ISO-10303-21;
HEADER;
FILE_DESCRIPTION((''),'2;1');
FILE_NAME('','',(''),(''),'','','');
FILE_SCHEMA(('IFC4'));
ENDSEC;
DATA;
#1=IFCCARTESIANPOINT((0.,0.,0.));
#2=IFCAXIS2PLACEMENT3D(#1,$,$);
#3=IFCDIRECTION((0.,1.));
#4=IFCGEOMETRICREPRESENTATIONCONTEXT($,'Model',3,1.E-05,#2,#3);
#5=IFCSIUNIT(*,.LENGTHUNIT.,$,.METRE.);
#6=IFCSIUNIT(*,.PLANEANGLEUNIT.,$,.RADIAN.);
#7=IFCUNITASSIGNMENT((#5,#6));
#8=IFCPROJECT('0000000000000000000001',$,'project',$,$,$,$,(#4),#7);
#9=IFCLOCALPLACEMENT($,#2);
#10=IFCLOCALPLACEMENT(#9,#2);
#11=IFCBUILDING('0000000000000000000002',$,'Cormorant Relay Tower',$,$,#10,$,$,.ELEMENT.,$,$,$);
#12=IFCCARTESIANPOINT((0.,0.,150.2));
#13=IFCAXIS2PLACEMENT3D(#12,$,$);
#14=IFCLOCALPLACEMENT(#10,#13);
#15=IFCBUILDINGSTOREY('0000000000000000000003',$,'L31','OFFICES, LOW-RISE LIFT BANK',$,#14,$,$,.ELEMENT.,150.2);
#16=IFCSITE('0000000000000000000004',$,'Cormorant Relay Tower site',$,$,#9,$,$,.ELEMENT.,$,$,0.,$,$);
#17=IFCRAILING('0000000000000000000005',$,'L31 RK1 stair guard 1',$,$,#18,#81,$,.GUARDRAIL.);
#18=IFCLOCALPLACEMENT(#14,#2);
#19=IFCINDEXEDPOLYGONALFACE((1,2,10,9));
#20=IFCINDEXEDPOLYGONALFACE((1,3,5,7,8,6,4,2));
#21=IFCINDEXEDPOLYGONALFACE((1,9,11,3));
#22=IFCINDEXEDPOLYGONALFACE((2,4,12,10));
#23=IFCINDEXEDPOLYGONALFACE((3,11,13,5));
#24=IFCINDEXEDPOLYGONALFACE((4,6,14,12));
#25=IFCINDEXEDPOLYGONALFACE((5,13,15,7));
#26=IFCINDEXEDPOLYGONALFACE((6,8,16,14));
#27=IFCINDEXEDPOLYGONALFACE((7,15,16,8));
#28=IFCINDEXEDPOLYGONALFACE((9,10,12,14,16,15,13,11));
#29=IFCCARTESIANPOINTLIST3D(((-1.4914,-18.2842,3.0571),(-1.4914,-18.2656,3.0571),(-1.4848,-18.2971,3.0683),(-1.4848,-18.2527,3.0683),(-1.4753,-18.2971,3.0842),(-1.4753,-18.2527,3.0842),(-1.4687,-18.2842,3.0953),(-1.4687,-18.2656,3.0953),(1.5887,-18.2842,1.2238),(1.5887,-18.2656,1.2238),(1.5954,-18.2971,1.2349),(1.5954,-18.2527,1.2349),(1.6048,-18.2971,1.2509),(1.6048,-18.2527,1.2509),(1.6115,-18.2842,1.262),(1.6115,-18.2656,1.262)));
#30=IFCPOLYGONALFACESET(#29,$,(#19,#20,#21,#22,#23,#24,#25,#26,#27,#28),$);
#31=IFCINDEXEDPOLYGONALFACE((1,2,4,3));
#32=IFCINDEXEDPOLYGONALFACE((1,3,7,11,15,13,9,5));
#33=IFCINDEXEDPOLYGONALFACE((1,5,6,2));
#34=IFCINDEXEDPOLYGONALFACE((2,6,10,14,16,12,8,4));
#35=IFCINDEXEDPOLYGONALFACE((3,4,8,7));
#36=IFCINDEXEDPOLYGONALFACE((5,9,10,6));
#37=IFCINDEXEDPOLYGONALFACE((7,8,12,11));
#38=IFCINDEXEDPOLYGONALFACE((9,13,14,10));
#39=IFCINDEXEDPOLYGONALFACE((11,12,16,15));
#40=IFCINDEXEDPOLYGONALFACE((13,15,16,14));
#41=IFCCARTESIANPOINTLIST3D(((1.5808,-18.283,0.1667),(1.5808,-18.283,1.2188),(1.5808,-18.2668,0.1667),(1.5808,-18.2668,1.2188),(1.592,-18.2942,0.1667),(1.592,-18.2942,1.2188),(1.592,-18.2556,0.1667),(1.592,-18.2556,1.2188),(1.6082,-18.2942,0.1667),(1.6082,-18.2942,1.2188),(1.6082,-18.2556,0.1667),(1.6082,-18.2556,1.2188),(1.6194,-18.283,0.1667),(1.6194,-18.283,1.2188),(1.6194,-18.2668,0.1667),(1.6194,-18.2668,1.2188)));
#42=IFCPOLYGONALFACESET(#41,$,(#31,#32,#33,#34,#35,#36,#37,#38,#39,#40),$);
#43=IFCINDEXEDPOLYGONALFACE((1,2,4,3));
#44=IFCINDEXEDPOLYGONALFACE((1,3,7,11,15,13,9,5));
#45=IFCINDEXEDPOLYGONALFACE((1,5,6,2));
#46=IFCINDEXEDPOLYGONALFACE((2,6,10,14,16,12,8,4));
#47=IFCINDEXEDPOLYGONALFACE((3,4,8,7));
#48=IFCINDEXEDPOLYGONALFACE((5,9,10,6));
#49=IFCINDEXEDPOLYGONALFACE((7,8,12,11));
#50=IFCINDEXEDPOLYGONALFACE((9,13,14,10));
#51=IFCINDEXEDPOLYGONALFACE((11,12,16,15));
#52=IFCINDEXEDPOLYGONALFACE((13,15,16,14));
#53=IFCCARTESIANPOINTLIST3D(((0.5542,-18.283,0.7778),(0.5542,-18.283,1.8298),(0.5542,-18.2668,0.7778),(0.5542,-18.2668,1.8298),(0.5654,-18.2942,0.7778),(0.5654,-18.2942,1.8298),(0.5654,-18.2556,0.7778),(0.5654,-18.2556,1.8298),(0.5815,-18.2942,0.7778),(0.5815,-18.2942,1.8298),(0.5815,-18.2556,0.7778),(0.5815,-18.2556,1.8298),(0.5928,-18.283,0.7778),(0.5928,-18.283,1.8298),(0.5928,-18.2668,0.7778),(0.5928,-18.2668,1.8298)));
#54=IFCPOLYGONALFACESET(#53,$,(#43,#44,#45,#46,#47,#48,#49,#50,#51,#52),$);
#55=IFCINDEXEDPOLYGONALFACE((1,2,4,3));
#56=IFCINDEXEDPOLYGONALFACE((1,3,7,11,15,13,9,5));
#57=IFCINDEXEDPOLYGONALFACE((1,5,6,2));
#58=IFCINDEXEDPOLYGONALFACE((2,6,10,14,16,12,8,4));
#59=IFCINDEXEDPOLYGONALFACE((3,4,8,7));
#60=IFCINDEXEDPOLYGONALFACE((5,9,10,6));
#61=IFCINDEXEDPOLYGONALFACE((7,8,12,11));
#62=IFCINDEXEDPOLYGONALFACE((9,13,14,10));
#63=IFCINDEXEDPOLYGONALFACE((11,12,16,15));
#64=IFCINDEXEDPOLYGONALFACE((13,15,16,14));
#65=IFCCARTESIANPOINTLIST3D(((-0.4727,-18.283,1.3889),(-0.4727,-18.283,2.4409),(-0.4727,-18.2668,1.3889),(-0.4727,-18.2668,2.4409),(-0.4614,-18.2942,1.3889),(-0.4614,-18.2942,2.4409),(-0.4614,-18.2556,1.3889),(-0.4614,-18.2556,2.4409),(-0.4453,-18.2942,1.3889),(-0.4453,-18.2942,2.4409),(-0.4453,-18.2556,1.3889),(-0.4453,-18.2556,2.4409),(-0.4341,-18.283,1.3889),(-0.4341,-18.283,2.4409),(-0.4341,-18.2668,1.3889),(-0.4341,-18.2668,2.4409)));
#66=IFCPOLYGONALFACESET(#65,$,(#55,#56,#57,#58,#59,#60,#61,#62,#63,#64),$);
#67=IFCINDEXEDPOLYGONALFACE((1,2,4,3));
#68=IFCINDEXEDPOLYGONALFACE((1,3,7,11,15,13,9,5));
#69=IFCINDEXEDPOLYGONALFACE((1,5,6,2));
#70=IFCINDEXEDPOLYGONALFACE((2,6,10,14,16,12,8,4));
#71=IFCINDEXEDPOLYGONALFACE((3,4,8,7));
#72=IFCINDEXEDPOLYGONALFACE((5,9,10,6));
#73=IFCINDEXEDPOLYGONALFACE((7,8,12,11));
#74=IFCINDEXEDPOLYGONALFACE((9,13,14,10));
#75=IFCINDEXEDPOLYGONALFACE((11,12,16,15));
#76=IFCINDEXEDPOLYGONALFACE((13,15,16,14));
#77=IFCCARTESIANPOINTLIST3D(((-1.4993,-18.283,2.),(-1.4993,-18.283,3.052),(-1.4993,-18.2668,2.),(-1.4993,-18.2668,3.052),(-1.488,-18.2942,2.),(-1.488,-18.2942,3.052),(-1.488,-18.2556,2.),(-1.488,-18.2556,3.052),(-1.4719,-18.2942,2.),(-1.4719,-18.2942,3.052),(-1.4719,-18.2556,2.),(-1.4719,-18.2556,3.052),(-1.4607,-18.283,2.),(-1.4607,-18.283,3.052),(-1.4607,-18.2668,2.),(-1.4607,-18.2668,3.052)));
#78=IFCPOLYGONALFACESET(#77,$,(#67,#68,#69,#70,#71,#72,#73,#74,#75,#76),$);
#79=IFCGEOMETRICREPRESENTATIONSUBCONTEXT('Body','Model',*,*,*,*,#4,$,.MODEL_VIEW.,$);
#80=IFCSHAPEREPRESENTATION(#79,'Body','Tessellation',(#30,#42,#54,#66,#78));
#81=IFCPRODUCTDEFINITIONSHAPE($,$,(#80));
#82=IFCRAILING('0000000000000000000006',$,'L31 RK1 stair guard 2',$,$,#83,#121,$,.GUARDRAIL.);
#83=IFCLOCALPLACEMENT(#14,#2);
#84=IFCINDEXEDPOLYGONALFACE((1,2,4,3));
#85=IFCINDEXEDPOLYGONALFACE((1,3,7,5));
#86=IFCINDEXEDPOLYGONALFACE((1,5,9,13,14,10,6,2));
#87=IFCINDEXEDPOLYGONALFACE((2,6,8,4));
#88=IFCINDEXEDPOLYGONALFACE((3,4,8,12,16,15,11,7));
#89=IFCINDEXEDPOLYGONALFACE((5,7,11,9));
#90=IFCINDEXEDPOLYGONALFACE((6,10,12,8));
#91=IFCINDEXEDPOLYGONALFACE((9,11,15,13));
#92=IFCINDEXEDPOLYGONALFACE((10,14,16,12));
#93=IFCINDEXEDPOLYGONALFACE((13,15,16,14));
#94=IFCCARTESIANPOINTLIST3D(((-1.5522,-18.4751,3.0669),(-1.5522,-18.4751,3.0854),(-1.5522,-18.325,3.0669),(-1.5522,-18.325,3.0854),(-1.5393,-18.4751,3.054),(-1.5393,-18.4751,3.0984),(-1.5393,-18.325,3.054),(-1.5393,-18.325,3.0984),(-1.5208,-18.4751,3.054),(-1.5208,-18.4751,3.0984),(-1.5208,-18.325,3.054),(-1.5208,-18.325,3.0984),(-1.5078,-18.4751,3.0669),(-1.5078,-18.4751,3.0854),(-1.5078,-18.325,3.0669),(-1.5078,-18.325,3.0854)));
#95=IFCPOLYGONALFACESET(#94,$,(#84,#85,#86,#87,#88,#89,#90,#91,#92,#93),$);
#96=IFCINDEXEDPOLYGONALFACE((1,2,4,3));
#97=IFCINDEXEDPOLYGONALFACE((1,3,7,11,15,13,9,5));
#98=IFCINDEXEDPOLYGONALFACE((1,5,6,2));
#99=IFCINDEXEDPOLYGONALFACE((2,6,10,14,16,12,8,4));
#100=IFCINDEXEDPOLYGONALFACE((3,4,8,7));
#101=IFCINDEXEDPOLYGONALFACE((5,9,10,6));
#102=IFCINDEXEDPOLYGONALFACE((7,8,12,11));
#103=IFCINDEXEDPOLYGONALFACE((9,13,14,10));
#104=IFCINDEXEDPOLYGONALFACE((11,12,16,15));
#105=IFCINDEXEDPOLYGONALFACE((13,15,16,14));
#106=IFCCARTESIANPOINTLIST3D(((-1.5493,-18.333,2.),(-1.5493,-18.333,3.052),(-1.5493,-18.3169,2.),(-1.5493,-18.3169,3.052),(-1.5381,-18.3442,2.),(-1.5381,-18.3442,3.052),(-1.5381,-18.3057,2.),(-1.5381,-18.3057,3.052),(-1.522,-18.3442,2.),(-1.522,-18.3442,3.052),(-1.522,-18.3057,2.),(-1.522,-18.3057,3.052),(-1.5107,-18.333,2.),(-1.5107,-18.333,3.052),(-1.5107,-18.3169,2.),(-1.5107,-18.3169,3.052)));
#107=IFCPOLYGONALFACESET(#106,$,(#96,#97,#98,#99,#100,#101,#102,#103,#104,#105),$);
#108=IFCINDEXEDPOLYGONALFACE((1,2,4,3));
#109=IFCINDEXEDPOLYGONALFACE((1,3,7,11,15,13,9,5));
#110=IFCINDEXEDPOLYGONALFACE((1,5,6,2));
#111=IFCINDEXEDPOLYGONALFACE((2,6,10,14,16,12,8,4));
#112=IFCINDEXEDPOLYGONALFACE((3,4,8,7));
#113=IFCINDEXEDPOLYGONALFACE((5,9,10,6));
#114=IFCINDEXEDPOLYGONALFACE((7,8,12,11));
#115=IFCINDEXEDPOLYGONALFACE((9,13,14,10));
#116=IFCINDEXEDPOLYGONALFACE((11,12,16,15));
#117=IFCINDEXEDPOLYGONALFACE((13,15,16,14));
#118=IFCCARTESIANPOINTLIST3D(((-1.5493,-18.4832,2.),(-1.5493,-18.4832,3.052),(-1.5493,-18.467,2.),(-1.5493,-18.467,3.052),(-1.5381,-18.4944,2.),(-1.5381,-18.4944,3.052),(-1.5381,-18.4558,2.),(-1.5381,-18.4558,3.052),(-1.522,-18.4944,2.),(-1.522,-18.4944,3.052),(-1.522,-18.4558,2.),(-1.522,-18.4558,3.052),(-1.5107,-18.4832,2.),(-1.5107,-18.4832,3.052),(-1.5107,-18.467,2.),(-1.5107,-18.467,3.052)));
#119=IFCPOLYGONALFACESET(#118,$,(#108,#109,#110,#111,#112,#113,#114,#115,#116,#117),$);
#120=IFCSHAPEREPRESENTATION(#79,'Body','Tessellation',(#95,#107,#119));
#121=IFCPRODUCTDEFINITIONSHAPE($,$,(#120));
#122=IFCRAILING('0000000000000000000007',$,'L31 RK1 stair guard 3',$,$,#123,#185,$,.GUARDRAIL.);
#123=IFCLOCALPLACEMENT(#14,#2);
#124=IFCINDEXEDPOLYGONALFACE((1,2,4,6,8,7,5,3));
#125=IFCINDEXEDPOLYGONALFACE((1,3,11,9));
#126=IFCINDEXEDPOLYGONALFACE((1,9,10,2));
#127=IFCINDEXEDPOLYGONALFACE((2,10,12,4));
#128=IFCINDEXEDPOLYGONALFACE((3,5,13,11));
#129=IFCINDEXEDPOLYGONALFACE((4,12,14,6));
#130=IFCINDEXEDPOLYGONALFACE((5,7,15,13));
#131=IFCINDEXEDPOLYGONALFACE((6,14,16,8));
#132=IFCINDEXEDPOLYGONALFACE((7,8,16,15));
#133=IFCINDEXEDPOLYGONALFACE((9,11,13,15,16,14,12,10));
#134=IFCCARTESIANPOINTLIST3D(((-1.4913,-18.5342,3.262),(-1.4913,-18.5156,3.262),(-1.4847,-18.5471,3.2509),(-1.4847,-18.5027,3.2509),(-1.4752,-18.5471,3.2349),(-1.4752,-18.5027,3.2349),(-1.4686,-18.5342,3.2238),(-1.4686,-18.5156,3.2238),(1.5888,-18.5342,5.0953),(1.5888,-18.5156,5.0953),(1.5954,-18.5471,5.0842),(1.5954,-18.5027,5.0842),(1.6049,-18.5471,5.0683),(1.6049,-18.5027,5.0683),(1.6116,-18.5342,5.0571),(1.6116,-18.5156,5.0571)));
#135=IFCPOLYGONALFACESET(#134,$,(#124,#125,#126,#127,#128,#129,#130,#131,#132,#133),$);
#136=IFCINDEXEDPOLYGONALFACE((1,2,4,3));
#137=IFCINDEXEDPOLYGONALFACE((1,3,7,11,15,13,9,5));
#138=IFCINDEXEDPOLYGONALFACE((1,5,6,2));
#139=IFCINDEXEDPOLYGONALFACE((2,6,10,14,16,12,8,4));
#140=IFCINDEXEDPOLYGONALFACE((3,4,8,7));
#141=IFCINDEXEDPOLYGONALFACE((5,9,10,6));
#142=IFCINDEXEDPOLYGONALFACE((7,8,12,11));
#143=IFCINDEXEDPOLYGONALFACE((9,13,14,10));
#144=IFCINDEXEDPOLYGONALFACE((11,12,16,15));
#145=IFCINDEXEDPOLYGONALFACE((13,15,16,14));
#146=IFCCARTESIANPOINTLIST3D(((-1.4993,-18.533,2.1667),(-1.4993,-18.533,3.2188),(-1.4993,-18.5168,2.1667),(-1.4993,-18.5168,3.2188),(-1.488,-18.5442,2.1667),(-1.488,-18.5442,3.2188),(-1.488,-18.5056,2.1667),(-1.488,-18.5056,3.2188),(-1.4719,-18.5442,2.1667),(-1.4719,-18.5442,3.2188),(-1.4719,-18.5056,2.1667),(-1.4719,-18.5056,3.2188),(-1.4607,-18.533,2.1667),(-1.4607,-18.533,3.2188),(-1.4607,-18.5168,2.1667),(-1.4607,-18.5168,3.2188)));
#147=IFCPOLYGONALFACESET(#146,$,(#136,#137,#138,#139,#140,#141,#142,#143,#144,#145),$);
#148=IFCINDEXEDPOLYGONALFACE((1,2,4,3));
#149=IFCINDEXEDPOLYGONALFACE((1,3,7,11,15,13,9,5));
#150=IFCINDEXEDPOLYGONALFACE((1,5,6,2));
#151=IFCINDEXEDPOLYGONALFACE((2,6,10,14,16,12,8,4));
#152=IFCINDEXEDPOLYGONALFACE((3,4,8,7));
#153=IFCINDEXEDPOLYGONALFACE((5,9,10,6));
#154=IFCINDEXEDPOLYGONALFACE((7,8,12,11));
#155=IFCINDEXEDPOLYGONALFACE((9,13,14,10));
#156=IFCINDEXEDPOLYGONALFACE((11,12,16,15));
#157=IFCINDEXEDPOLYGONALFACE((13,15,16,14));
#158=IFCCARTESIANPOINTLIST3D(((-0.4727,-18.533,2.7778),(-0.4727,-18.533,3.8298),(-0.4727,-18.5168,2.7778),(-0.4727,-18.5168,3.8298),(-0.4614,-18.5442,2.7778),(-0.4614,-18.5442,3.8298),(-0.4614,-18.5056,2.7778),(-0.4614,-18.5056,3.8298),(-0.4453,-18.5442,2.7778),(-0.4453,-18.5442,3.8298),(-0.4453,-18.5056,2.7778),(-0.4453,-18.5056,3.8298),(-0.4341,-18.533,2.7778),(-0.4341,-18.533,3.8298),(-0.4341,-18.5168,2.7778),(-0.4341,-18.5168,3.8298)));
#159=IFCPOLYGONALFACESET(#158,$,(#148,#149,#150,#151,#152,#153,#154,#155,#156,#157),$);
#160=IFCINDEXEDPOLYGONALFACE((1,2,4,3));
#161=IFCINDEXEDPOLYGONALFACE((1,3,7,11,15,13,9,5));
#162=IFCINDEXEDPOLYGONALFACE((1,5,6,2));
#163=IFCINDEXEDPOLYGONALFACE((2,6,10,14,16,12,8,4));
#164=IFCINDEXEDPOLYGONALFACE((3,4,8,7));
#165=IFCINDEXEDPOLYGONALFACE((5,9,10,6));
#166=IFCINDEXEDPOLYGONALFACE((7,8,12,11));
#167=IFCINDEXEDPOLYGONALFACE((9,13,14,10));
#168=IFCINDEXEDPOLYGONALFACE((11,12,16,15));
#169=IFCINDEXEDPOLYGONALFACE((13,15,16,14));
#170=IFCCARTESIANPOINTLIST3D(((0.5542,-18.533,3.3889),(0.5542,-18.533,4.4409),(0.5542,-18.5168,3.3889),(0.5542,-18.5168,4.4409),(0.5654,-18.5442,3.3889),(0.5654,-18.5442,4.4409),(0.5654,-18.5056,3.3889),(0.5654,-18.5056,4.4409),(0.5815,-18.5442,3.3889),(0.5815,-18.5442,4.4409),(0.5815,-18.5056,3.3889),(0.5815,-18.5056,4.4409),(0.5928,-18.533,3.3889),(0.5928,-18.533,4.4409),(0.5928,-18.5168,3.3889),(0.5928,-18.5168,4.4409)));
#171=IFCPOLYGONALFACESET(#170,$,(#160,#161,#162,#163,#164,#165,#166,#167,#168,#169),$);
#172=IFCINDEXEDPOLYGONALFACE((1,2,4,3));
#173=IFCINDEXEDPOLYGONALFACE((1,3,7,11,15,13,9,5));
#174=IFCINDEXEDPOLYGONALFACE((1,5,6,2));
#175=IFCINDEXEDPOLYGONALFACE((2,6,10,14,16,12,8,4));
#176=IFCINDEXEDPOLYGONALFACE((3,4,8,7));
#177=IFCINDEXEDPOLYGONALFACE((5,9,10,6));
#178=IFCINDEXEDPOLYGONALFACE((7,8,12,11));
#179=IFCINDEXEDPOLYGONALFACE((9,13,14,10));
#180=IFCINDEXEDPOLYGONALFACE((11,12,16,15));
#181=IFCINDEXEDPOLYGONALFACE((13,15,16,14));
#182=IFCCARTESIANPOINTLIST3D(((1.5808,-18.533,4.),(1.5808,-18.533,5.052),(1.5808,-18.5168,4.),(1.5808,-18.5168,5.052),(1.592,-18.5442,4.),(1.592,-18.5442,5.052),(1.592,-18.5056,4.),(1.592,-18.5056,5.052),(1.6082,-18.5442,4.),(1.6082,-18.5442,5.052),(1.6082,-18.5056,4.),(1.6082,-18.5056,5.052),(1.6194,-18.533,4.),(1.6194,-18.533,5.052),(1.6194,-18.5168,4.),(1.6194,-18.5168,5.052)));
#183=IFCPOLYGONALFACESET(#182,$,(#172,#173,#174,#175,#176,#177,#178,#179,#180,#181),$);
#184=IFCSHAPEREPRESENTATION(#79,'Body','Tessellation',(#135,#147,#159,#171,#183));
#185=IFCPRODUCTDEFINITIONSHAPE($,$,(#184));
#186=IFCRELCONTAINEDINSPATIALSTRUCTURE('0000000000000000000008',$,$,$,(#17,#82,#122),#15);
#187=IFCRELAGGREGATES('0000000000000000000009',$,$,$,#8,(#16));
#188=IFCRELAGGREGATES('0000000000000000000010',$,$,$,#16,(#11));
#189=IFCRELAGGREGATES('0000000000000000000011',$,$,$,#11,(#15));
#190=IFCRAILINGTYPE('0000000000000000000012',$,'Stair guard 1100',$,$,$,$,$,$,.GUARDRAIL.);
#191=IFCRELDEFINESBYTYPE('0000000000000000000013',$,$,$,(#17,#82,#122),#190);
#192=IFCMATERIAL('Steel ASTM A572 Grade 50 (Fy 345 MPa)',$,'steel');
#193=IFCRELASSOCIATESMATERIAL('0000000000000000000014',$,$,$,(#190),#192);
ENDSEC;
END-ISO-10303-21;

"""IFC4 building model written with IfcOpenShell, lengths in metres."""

from ifc_helpers import new_model, si_unit, direction, frame, origin, place, context, subcontext, project, spatial, polyline, outline, extrude, material, type_object, element, save


model = new_model("IFC4")

# Units and contexts
model_context = context("Model", 3, precision=1e-05, world=origin(), true_north=direction((0.0, 1.0)))
body_context = subcontext(model_context, "Body", "Model", "MODEL_VIEW")
ifc_project = project(units=[si_unit("LENGTHUNIT", "METRE"), si_unit("PLANEANGLEUNIT", "RADIAN")], contexts=[model_context])

# Site, building, storey
site_placement = place(None, origin())
site = spatial("IfcSite", under=ifc_project, at=site_placement, Name="Cormorant Relay Tower site", CompositionType="ELEMENT", RefElevation=0.0)
building_placement = place(site_placement, origin())
building = spatial("IfcBuilding", under=site, at=building_placement, Name="Cormorant Relay Tower", CompositionType="ELEMENT")
storey_placement = place(building_placement, frame((0.0, 0.0, 150.2)))
storey = spatial("IfcBuildingStorey", under=building, at=storey_placement, Name="L31", Description="OFFICES, LOW-RISE LIFT BANK", CompositionType="ELEMENT", Elevation=150.2)

# Railings
ifc_material_1 = material(Name="Steel ASTM A572 Grade 50 (Fy 345 MPa)", Category="steel")
railing_type_1 = type_object("IfcRailingType", Name="Stair guard 1100", PredefinedType="GUARDRAIL", material=ifc_material_1)
railing_1_placement = place(storey_placement, frame((1.6001, -18.2749, 0.1667)))
element("IfcRailing", 1, at=railing_1_placement, inside=storey, type_object=railing_type_1, Name="L31 RK1 stair guard 1", PredefinedType="GUARDRAIL", context=body_context, shape_type="SweptSolid", body=[
    extrude(outline(polyline([(0.0222, 0.0093), (0.0093, 0.0222), (-0.0093, 0.0222), (-0.0222, 0.0093), (-0.0222, -0.0093), (-0.0093, -0.0222), (0.0093, -0.0222), (0.0222, -0.0093), (0.0222, 0.0093)])), frame((0.0, 0.0, 1.0762), z_axis=(-0.859309, 0.0, 0.511458), x_axis=(0.0, -1.0, 0.0)), (0.0, 0.0, 1.0), 3.5845),
    extrude(outline(polyline([(0.0193, 0.0081), (0.0081, 0.0193), (-0.0081, 0.0193), (-0.0193, 0.0081), (-0.0193, -0.0081), (-0.0081, -0.0193), (0.0081, -0.0193), (0.0193, -0.0081), (0.0193, 0.0081)])), origin(), (0.0, 0.0, 1.0), 1.052),
    extrude(outline(polyline([(0.0193, 0.0081), (0.0081, 0.0193), (-0.0081, 0.0193), (-0.0193, 0.0081), (-0.0193, -0.0081), (-0.0081, -0.0193), (0.0081, -0.0193), (0.0193, -0.0081), (0.0193, 0.0081)])), frame((-1.0266, 0.0, 0.6111)), (0.0, 0.0, 1.0), 1.052),
    extrude(outline(polyline([(0.0193, 0.0081), (0.0081, 0.0193), (-0.0081, 0.0193), (-0.0193, 0.0081), (-0.0193, -0.0081), (-0.0081, -0.0193), (0.0081, -0.0193), (0.0193, -0.0081), (0.0193, 0.0081)])), frame((-2.0535, 0.0, 1.2222)), (0.0, 0.0, 1.0), 1.052),
    extrude(outline(polyline([(0.0193, 0.0081), (0.0081, 0.0193), (-0.0081, 0.0193), (-0.0193, 0.0081), (-0.0193, -0.0081), (-0.0081, -0.0193), (0.0081, -0.0193), (0.0193, -0.0081), (0.0193, 0.0081)])), frame((-3.0801, 0.0, 1.8333)), (0.0, 0.0, 1.0), 1.052),
])
railing_2_placement = place(storey_placement, frame((-1.53, -18.325, 2.0)))
element("IfcRailing", 2, at=railing_2_placement, inside=storey, type_object=railing_type_1, Name="L31 RK1 stair guard 2", PredefinedType="GUARDRAIL", context=body_context, shape_type="SweptSolid", body=[
    extrude(outline(polyline([(0.0222, 0.0093), (0.0093, 0.0222), (-0.0093, 0.0222), (-0.0222, 0.0093), (-0.0222, -0.0093), (-0.0093, -0.0222), (0.0093, -0.0222), (0.0222, -0.0093), (0.0222, 0.0093)])), frame((0.0, 0.0, 1.0762), z_axis=(0.0, -1.0, 0.0), x_axis=(1.0, 0.0, 0.0)), (0.0, 0.0, 1.0), 0.1501),
    extrude(outline(polyline([(0.0193, 0.0081), (0.0081, 0.0193), (-0.0081, 0.0193), (-0.0193, 0.0081), (-0.0193, -0.0081), (-0.0081, -0.0193), (0.0081, -0.0193), (0.0193, -0.0081), (0.0193, 0.0081)])), origin(), (0.0, 0.0, 1.0), 1.052),
    extrude(outline(polyline([(0.0193, 0.0081), (0.0081, 0.0193), (-0.0081, 0.0193), (-0.0193, 0.0081), (-0.0193, -0.0081), (-0.0081, -0.0193), (0.0081, -0.0193), (0.0193, -0.0081), (0.0193, 0.0081)])), frame((0.0, -0.1501, 0.0)), (0.0, 0.0, 1.0), 1.052),
])
railing_3_placement = place(storey_placement, frame((-1.48, -18.5249, 2.1667)))
element("IfcRailing", 3, at=railing_3_placement, inside=storey, type_object=railing_type_1, Name="L31 RK1 stair guard 3", PredefinedType="GUARDRAIL", context=body_context, shape_type="SweptSolid", body=[
    extrude(outline(polyline([(0.0222, 0.0093), (0.0093, 0.0222), (-0.0093, 0.0222), (-0.0222, 0.0093), (-0.0222, -0.0093), (-0.0093, -0.0222), (0.0093, -0.0222), (0.0222, -0.0093), (0.0222, 0.0093)])), frame((0.0, 0.0, 1.0762), z_axis=(0.859309, 0.0, 0.511458), x_axis=(0.0, 1.0, 0.0)), (0.0, 0.0, 1.0), 3.5845),
    extrude(outline(polyline([(0.0193, 0.0081), (0.0081, 0.0193), (-0.0081, 0.0193), (-0.0193, 0.0081), (-0.0193, -0.0081), (-0.0081, -0.0193), (0.0081, -0.0193), (0.0193, -0.0081), (0.0193, 0.0081)])), origin(), (0.0, 0.0, 1.0), 1.052),
    extrude(outline(polyline([(0.0193, 0.0081), (0.0081, 0.0193), (-0.0081, 0.0193), (-0.0193, 0.0081), (-0.0193, -0.0081), (-0.0081, -0.0193), (0.0081, -0.0193), (0.0193, -0.0081), (0.0193, 0.0081)])), frame((1.0266, 0.0, 0.6111)), (0.0, 0.0, 1.0), 1.052),
    extrude(outline(polyline([(0.0193, 0.0081), (0.0081, 0.0193), (-0.0081, 0.0193), (-0.0193, 0.0081), (-0.0193, -0.0081), (-0.0081, -0.0193), (0.0081, -0.0193), (0.0193, -0.0081), (0.0193, 0.0081)])), frame((2.0535, 0.0, 1.2222)), (0.0, 0.0, 1.0), 1.052),
    extrude(outline(polyline([(0.0193, 0.0081), (0.0081, 0.0193), (-0.0081, 0.0193), (-0.0193, 0.0081), (-0.0193, -0.0081), (-0.0081, -0.0193), (0.0081, -0.0193), (0.0193, -0.0081), (0.0193, 0.0081)])), frame((3.0801, 0.0, 1.8333)), (0.0, 0.0, 1.0), 1.052),
])

save(model, "model.ifc")
